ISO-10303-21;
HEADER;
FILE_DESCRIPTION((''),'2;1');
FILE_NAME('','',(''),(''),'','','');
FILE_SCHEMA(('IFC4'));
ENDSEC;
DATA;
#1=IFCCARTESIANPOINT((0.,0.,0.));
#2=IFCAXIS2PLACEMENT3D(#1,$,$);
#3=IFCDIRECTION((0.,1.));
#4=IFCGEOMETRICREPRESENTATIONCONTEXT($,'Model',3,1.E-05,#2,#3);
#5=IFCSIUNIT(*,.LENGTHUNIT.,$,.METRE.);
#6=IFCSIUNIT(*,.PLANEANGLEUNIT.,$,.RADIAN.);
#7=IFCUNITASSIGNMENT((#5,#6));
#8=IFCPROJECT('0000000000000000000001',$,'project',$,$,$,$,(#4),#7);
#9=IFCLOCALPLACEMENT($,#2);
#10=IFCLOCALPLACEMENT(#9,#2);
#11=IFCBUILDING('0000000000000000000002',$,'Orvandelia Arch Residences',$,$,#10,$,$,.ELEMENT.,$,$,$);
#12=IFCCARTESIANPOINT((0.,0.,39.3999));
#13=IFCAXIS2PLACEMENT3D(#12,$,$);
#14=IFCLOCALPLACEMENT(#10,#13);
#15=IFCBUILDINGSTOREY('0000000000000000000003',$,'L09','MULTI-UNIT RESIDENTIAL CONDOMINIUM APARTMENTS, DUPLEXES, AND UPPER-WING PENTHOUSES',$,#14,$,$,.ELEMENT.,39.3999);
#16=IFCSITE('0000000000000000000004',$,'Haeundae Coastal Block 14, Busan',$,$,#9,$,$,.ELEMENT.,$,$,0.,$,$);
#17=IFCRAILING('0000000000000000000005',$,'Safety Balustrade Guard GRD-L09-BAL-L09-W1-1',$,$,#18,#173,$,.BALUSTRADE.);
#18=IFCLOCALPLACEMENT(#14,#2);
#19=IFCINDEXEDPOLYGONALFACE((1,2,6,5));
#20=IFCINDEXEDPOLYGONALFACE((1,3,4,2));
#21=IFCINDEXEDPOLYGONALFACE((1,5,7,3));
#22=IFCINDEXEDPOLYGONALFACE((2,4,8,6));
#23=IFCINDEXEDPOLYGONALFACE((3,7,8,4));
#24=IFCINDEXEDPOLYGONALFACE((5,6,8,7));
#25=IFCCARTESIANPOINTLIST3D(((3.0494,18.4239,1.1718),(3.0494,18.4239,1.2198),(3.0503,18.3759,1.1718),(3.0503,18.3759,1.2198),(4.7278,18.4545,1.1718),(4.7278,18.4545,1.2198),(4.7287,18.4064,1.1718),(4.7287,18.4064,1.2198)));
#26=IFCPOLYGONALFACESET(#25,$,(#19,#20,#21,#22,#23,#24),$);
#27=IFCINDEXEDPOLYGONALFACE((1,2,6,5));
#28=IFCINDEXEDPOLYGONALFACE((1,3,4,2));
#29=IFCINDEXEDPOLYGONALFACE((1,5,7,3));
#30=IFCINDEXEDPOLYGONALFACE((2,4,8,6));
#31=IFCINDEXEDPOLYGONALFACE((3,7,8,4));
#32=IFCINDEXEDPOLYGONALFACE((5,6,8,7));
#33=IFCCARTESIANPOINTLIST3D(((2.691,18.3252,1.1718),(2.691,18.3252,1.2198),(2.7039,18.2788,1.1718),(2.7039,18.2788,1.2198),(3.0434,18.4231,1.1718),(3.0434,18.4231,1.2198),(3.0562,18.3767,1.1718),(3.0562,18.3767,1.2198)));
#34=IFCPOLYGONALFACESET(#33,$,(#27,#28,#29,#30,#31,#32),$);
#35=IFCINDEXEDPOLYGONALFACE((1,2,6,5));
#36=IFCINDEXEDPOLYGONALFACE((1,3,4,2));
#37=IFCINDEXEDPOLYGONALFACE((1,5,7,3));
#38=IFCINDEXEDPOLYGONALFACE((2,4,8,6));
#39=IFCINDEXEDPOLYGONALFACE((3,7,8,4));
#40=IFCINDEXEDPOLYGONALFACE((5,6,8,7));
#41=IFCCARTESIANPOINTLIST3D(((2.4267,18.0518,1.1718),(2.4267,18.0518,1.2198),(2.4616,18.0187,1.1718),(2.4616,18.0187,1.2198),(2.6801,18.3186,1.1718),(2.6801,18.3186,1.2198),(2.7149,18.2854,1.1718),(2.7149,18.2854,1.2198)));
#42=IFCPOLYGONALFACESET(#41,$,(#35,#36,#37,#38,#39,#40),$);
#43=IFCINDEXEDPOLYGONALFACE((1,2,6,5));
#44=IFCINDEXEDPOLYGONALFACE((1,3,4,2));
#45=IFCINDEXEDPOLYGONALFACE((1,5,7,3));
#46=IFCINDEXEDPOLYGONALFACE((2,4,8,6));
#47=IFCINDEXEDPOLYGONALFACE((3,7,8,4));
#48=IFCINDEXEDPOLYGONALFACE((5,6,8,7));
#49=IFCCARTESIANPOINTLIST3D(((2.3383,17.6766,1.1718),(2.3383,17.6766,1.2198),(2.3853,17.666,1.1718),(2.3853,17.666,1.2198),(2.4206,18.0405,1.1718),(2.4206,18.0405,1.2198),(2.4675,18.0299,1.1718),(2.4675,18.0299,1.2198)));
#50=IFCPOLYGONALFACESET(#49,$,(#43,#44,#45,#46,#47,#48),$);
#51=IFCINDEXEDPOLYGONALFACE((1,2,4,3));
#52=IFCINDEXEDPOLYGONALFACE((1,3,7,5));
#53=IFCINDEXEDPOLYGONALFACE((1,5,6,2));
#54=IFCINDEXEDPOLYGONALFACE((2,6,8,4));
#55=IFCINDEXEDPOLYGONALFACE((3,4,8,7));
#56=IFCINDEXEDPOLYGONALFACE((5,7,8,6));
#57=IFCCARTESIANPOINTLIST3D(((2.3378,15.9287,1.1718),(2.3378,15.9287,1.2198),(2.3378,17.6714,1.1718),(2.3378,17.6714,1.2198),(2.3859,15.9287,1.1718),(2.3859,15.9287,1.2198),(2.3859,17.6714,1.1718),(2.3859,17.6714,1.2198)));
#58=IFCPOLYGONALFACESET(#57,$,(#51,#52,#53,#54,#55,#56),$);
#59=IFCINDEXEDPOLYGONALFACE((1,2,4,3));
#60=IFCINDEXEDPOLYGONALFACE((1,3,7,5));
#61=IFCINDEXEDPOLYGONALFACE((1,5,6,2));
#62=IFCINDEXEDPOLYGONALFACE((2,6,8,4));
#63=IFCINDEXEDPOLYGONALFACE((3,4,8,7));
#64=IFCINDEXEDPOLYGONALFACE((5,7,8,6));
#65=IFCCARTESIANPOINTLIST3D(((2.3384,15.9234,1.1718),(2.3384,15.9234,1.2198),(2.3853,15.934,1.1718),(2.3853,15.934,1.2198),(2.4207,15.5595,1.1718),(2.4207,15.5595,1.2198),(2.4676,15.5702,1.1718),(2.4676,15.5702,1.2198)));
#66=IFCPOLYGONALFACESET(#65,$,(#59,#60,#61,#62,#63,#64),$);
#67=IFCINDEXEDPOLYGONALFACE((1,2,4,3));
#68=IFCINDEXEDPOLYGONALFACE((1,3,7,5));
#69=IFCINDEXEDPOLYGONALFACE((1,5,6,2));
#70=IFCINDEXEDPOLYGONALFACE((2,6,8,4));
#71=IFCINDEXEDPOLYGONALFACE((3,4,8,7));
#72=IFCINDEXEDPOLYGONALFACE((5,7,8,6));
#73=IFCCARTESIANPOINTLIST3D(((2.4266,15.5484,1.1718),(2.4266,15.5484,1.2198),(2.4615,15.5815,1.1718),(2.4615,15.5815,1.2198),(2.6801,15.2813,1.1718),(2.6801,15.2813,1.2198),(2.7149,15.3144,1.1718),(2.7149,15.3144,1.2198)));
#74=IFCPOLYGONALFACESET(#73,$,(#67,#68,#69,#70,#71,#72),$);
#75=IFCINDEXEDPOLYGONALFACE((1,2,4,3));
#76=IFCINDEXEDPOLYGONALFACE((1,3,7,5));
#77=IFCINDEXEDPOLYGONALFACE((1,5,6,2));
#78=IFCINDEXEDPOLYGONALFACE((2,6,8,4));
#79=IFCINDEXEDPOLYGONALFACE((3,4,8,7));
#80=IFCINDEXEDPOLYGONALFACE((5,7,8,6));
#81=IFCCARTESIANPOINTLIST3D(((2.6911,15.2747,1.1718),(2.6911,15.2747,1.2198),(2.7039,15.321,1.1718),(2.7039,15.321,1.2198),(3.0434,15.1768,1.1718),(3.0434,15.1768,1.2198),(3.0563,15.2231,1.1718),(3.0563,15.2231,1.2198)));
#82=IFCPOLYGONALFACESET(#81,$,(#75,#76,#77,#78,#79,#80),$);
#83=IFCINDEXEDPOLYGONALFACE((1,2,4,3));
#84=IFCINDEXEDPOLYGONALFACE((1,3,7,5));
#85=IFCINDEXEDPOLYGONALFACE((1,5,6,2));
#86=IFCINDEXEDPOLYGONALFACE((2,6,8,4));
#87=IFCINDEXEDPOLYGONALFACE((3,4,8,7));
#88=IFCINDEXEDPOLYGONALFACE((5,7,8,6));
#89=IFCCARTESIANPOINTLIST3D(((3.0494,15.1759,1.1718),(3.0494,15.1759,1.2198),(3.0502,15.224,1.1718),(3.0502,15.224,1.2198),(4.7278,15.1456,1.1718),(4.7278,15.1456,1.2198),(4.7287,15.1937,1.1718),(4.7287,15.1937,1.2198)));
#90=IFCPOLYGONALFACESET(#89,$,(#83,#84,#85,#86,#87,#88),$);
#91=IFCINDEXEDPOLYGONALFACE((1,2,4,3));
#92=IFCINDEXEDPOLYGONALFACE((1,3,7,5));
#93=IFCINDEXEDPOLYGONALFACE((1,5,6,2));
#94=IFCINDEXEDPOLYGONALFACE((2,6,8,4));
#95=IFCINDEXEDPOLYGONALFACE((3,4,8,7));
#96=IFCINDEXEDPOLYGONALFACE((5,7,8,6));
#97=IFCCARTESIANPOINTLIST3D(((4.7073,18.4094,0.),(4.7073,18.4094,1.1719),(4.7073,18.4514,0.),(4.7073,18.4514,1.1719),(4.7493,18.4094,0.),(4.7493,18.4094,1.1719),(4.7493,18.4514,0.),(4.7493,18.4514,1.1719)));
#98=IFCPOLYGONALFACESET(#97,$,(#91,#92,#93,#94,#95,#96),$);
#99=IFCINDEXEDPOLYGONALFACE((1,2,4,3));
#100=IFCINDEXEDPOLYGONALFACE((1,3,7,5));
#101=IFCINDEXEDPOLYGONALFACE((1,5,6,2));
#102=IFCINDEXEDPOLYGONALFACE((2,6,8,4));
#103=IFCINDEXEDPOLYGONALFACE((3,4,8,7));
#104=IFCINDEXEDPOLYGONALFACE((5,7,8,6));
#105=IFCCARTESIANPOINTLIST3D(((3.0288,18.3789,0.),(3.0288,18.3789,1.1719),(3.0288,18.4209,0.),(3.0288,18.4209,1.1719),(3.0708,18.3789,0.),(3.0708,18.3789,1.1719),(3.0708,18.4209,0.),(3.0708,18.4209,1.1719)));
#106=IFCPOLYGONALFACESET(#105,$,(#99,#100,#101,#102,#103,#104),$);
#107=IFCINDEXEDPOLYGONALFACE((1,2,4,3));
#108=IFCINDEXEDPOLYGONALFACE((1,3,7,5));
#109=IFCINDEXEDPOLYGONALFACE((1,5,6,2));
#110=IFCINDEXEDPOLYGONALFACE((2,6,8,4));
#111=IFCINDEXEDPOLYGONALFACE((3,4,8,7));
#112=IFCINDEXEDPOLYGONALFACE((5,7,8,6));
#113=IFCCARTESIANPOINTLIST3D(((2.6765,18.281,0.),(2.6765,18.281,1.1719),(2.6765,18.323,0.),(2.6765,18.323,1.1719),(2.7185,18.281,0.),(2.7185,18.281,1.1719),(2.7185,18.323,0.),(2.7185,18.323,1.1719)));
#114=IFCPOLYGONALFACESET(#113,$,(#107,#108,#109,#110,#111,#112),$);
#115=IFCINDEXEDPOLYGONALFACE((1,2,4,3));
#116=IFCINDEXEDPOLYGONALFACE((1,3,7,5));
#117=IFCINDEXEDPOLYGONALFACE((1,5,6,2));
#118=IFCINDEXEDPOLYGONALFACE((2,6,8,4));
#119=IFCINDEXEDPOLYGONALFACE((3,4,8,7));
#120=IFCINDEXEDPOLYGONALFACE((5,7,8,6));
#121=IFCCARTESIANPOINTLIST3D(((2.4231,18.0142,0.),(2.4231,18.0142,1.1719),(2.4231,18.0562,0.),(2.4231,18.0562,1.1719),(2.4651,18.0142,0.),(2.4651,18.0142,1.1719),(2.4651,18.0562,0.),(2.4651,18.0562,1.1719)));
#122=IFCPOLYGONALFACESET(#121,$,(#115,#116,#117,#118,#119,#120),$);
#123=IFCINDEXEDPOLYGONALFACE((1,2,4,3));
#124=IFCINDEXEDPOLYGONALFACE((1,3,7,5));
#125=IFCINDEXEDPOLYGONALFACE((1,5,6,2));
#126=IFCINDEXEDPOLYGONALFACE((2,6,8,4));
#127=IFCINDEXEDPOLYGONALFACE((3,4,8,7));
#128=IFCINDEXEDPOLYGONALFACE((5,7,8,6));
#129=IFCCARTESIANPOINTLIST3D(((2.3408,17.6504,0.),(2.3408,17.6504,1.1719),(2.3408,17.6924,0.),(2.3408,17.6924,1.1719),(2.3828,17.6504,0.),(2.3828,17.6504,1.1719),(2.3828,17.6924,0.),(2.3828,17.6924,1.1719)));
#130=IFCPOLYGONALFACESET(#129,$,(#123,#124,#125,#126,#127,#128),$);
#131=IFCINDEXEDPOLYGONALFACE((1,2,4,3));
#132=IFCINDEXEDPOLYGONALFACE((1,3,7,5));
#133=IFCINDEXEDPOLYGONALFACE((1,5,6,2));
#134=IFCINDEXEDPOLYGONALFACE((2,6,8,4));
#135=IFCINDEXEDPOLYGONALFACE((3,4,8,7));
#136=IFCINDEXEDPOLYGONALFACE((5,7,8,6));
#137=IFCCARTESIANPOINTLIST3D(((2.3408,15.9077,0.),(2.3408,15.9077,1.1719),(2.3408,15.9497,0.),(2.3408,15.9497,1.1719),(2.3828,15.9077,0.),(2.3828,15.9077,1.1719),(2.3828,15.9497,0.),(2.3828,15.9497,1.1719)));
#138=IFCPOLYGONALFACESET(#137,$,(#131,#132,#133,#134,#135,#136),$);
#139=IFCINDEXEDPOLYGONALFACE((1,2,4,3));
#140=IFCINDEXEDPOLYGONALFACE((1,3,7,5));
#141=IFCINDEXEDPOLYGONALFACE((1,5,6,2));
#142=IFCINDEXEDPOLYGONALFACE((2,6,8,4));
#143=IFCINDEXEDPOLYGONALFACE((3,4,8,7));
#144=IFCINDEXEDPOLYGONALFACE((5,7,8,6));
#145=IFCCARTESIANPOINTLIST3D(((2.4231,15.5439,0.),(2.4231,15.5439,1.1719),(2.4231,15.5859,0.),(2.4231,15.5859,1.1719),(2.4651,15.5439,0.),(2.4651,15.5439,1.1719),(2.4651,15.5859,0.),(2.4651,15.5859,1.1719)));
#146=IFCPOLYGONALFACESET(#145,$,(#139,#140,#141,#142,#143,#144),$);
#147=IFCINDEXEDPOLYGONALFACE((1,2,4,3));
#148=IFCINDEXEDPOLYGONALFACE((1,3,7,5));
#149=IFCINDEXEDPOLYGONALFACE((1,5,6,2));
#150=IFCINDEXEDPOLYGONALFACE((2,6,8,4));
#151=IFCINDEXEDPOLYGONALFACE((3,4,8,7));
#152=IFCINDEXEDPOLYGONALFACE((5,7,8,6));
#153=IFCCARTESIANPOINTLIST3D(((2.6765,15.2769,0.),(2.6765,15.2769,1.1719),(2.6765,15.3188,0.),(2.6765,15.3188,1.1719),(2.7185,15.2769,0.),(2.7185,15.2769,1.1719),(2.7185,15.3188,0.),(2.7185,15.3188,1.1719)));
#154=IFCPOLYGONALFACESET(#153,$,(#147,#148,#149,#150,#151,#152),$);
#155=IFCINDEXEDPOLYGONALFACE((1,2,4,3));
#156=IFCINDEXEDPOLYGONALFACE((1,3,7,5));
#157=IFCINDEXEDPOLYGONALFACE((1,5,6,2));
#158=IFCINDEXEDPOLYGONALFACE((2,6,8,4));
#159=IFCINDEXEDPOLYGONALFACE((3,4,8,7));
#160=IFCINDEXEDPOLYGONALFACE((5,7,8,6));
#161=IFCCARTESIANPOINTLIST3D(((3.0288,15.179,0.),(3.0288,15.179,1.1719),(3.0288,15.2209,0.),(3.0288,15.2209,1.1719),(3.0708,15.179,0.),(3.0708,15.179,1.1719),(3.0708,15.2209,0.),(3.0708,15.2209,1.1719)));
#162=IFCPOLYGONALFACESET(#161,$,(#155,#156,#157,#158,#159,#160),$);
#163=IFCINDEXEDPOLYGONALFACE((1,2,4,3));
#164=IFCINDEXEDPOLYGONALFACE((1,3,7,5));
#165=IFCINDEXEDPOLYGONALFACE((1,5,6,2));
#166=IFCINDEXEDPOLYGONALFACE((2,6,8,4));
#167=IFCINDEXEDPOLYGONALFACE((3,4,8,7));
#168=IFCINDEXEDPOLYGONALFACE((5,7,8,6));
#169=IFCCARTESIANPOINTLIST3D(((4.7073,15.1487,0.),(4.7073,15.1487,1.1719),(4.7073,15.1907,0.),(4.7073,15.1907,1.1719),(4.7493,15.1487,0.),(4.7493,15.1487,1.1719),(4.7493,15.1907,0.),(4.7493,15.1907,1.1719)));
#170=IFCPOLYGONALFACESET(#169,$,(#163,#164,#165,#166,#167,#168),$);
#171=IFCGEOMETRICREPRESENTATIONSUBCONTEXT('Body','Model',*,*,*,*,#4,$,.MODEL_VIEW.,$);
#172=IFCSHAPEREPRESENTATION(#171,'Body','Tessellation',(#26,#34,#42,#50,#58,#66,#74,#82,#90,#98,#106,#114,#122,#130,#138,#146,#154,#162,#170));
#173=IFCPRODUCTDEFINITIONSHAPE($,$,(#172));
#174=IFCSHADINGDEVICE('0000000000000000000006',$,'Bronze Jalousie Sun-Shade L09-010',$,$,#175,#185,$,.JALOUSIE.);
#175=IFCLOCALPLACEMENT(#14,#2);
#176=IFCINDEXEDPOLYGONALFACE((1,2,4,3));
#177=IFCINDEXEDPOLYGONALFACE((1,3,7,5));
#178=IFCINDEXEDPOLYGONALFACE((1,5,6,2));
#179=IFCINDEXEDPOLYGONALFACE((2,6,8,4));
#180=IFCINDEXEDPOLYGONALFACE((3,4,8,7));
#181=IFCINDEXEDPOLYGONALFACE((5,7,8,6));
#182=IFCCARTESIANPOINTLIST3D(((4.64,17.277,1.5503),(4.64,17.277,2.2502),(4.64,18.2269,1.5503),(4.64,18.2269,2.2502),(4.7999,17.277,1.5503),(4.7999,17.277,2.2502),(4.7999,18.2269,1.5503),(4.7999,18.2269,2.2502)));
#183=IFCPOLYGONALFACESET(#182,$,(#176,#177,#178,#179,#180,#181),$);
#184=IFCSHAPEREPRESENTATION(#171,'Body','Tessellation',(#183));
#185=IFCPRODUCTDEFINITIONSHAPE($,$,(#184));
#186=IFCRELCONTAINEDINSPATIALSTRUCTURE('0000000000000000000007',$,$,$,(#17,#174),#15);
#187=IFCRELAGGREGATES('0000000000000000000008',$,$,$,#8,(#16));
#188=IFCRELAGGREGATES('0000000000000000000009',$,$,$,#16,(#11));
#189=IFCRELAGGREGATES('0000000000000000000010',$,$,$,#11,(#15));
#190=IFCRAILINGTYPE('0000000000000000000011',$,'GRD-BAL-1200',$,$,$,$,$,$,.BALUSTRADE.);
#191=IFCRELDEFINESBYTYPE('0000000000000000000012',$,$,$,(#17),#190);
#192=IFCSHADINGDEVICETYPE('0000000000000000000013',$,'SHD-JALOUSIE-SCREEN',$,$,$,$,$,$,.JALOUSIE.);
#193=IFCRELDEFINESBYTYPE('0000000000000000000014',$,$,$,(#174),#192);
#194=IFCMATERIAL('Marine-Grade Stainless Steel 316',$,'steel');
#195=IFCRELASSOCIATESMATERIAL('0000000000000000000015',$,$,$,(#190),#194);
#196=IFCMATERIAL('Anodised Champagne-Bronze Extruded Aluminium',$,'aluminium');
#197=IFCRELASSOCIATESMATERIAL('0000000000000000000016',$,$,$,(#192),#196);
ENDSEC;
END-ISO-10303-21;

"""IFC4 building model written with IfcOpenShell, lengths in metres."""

from ifc_helpers import new_model, si_unit, direction, frame, origin, origin_2d, place, context, subcontext, project, spatial, rectangle, extrude, material, type_object, element, save


model = new_model("IFC4")

# Units and contexts
model_context = context("Model", 3, precision=1e-05, world=origin(), true_north=direction((0.0, 1.0)))
body_context = subcontext(model_context, "Body", "Model", "MODEL_VIEW")
ifc_project = project(units=[si_unit("LENGTHUNIT", "METRE"), si_unit("PLANEANGLEUNIT", "RADIAN")], contexts=[model_context])

# Site, building, storey
site_placement = place(None, origin())
site = spatial("IfcSite", under=ifc_project, at=site_placement, Name="Haeundae Coastal Block 14, Busan", CompositionType="ELEMENT", RefElevation=0.0)
building_placement = place(site_placement, origin())
building = spatial("IfcBuilding", under=site, at=building_placement, Name="Orvandelia Arch Residences", CompositionType="ELEMENT")
storey_placement = place(building_placement, frame((0.0, 0.0, 39.3999)))
storey = spatial("IfcBuildingStorey", under=building, at=storey_placement, Name="L09", Description="MULTI-UNIT RESIDENTIAL CONDOMINIUM APARTMENTS, DUPLEXES, AND UPPER-WING PENTHOUSES", CompositionType="ELEMENT", Elevation=39.3999)

# Railing
ifc_material_1 = material(Name="Marine-Grade Stainless Steel 316", Category="steel")
railing_type = type_object("IfcRailingType", Name="GRD-BAL-1200", PredefinedType="BALUSTRADE", material=ifc_material_1)
railing_placement = place(storey_placement, frame((4.7283, 18.4304, 0.0)))
element("IfcRailing", 1, at=railing_placement, inside=storey, type_object=railing_type, Name="Safety Balustrade Guard GRD-L09-BAL-L09-W1-1", PredefinedType="BALUSTRADE", context=body_context, shape_type="SweptSolid", body=[
    extrude(rectangle(XDim=0.0481, YDim=0.0481, at=origin_2d()), frame((0.0, 0.0, 1.1958), z_axis=(-0.999835, -0.018179, 0.0), x_axis=(0.018179, -0.999835, 0.0)), (0.0, 0.0, 1.0), 1.6787),
    extrude(rectangle(XDim=0.0481, YDim=0.0481, at=origin_2d()), frame((-1.6785, -0.0305, 1.1958), z_axis=(-0.963489, -0.267747, 0.0), x_axis=(0.267747, -0.963489, 0.0)), (0.0, 0.0, 1.0), 0.3657),
    extrude(rectangle(XDim=0.0481, YDim=0.0481, at=origin_2d()), frame((-2.0308, -0.1284, 1.1958), z_axis=(-0.688627, -0.725115, 0.0), x_axis=(0.725115, -0.688627, 0.0)), (0.0, 0.0, 1.0), 0.3679),
    extrude(rectangle(XDim=0.0481, YDim=0.0481, at=origin_2d()), frame((-2.2842, -0.3953, 1.1958), z_axis=(-0.220602, -0.975364, 0.0), x_axis=(0.975364, -0.220602, 0.0)), (0.0, 0.0, 1.0), 0.373),
    extrude(rectangle(XDim=0.0481, YDim=0.0481, at=origin_2d()), frame((-2.3665, -0.759, 1.1958), z_axis=(0.0, -1.0, 0.0), x_axis=(1.0, 0.0, 0.0)), (0.0, 0.0, 1.0), 1.7427),
    extrude(rectangle(XDim=0.0481, YDim=0.0481, at=origin_2d()), frame((-2.3665, -2.5017, 1.1958), z_axis=(0.220602, -0.975364, 0.0), x_axis=(0.975364, 0.220602, 0.0)), (0.0, 0.0, 1.0), 0.373),
    extrude(rectangle(XDim=0.0481, YDim=0.0481, at=origin_2d()), frame((-2.2842, -2.8655, 1.1958), z_axis=(0.688296, -0.72543, 0.0), x_axis=(0.72543, 0.688296, 0.0)), (0.0, 0.0, 1.0), 0.3682),
    extrude(rectangle(XDim=0.0481, YDim=0.0481, at=origin_2d()), frame((-2.0308, -3.1326, 1.1958), z_axis=(0.963489, -0.267747, 0.0), x_axis=(0.267747, 0.963489, 0.0)), (0.0, 0.0, 1.0), 0.3657),
    extrude(rectangle(XDim=0.0481, YDim=0.0481, at=origin_2d()), frame((-1.6785, -3.2305, 1.1958), z_axis=(0.999837, -0.018033, 0.0), x_axis=(0.018033, 0.999837, 0.0)), (0.0, 0.0, 1.0), 1.6787),
    extrude(rectangle(XDim=0.042, YDim=0.042, at=origin_2d()), origin(), (0.0, 0.0, 1.0), 1.1719),
    extrude(rectangle(XDim=0.042, YDim=0.042, at=origin_2d()), frame((-1.6785, -0.0305, 0.0)), (0.0, 0.0, 1.0), 1.1719),
    extrude(rectangle(XDim=0.042, YDim=0.042, at=origin_2d()), frame((-2.0308, -0.1284, 0.0)), (0.0, 0.0, 1.0), 1.1719),
    extrude(rectangle(XDim=0.042, YDim=0.042, at=origin_2d()), frame((-2.2842, -0.3953, 0.0)), (0.0, 0.0, 1.0), 1.1719),
    extrude(rectangle(XDim=0.042, YDim=0.042, at=origin_2d()), frame((-2.3665, -0.759, 0.0)), (0.0, 0.0, 1.0), 1.1719),
    extrude(rectangle(XDim=0.042, YDim=0.042, at=origin_2d()), frame((-2.3665, -2.5017, 0.0)), (0.0, 0.0, 1.0), 1.1719),
    extrude(rectangle(XDim=0.042, YDim=0.042, at=origin_2d()), frame((-2.2842, -2.8655, 0.0)), (0.0, 0.0, 1.0), 1.1719),
    extrude(rectangle(XDim=0.042, YDim=0.042, at=origin_2d()), frame((-2.0308, -3.1326, 0.0)), (0.0, 0.0, 1.0), 1.1719),
    extrude(rectangle(XDim=0.042, YDim=0.042, at=origin_2d()), frame((-1.6785, -3.2305, 0.0)), (0.0, 0.0, 1.0), 1.1719),
    extrude(rectangle(XDim=0.042, YDim=0.042, at=origin_2d()), frame((0.0, -3.2607, 0.0)), (0.0, 0.0, 1.0), 1.1719),
])

# Shading device
ifc_material_2 = material(Name="Anodised Champagne-Bronze Extruded Aluminium", Category="aluminium")
shading_device_type = type_object("IfcShadingDeviceType", Name="SHD-JALOUSIE-SCREEN", PredefinedType="JALOUSIE", material=ifc_material_2)
shading_device_placement = place(storey_placement, frame((4.72, 17.752, 1.5503), z_axis=(0.0, 0.0, 1.0), x_axis=(0.0, 1.0, 0.0)))
element("IfcShadingDevice", 2, at=shading_device_placement, inside=storey, type_object=shading_device_type, Name="Bronze Jalousie Sun-Shade L09-010", PredefinedType="JALOUSIE", context=body_context, shape_type="SweptSolid", body=[
    extrude(rectangle(XDim=0.95, YDim=0.1599, at=origin_2d()), origin(), (0.0, 0.0, 1.0), 0.7),
])

save(model, "model.ifc")
